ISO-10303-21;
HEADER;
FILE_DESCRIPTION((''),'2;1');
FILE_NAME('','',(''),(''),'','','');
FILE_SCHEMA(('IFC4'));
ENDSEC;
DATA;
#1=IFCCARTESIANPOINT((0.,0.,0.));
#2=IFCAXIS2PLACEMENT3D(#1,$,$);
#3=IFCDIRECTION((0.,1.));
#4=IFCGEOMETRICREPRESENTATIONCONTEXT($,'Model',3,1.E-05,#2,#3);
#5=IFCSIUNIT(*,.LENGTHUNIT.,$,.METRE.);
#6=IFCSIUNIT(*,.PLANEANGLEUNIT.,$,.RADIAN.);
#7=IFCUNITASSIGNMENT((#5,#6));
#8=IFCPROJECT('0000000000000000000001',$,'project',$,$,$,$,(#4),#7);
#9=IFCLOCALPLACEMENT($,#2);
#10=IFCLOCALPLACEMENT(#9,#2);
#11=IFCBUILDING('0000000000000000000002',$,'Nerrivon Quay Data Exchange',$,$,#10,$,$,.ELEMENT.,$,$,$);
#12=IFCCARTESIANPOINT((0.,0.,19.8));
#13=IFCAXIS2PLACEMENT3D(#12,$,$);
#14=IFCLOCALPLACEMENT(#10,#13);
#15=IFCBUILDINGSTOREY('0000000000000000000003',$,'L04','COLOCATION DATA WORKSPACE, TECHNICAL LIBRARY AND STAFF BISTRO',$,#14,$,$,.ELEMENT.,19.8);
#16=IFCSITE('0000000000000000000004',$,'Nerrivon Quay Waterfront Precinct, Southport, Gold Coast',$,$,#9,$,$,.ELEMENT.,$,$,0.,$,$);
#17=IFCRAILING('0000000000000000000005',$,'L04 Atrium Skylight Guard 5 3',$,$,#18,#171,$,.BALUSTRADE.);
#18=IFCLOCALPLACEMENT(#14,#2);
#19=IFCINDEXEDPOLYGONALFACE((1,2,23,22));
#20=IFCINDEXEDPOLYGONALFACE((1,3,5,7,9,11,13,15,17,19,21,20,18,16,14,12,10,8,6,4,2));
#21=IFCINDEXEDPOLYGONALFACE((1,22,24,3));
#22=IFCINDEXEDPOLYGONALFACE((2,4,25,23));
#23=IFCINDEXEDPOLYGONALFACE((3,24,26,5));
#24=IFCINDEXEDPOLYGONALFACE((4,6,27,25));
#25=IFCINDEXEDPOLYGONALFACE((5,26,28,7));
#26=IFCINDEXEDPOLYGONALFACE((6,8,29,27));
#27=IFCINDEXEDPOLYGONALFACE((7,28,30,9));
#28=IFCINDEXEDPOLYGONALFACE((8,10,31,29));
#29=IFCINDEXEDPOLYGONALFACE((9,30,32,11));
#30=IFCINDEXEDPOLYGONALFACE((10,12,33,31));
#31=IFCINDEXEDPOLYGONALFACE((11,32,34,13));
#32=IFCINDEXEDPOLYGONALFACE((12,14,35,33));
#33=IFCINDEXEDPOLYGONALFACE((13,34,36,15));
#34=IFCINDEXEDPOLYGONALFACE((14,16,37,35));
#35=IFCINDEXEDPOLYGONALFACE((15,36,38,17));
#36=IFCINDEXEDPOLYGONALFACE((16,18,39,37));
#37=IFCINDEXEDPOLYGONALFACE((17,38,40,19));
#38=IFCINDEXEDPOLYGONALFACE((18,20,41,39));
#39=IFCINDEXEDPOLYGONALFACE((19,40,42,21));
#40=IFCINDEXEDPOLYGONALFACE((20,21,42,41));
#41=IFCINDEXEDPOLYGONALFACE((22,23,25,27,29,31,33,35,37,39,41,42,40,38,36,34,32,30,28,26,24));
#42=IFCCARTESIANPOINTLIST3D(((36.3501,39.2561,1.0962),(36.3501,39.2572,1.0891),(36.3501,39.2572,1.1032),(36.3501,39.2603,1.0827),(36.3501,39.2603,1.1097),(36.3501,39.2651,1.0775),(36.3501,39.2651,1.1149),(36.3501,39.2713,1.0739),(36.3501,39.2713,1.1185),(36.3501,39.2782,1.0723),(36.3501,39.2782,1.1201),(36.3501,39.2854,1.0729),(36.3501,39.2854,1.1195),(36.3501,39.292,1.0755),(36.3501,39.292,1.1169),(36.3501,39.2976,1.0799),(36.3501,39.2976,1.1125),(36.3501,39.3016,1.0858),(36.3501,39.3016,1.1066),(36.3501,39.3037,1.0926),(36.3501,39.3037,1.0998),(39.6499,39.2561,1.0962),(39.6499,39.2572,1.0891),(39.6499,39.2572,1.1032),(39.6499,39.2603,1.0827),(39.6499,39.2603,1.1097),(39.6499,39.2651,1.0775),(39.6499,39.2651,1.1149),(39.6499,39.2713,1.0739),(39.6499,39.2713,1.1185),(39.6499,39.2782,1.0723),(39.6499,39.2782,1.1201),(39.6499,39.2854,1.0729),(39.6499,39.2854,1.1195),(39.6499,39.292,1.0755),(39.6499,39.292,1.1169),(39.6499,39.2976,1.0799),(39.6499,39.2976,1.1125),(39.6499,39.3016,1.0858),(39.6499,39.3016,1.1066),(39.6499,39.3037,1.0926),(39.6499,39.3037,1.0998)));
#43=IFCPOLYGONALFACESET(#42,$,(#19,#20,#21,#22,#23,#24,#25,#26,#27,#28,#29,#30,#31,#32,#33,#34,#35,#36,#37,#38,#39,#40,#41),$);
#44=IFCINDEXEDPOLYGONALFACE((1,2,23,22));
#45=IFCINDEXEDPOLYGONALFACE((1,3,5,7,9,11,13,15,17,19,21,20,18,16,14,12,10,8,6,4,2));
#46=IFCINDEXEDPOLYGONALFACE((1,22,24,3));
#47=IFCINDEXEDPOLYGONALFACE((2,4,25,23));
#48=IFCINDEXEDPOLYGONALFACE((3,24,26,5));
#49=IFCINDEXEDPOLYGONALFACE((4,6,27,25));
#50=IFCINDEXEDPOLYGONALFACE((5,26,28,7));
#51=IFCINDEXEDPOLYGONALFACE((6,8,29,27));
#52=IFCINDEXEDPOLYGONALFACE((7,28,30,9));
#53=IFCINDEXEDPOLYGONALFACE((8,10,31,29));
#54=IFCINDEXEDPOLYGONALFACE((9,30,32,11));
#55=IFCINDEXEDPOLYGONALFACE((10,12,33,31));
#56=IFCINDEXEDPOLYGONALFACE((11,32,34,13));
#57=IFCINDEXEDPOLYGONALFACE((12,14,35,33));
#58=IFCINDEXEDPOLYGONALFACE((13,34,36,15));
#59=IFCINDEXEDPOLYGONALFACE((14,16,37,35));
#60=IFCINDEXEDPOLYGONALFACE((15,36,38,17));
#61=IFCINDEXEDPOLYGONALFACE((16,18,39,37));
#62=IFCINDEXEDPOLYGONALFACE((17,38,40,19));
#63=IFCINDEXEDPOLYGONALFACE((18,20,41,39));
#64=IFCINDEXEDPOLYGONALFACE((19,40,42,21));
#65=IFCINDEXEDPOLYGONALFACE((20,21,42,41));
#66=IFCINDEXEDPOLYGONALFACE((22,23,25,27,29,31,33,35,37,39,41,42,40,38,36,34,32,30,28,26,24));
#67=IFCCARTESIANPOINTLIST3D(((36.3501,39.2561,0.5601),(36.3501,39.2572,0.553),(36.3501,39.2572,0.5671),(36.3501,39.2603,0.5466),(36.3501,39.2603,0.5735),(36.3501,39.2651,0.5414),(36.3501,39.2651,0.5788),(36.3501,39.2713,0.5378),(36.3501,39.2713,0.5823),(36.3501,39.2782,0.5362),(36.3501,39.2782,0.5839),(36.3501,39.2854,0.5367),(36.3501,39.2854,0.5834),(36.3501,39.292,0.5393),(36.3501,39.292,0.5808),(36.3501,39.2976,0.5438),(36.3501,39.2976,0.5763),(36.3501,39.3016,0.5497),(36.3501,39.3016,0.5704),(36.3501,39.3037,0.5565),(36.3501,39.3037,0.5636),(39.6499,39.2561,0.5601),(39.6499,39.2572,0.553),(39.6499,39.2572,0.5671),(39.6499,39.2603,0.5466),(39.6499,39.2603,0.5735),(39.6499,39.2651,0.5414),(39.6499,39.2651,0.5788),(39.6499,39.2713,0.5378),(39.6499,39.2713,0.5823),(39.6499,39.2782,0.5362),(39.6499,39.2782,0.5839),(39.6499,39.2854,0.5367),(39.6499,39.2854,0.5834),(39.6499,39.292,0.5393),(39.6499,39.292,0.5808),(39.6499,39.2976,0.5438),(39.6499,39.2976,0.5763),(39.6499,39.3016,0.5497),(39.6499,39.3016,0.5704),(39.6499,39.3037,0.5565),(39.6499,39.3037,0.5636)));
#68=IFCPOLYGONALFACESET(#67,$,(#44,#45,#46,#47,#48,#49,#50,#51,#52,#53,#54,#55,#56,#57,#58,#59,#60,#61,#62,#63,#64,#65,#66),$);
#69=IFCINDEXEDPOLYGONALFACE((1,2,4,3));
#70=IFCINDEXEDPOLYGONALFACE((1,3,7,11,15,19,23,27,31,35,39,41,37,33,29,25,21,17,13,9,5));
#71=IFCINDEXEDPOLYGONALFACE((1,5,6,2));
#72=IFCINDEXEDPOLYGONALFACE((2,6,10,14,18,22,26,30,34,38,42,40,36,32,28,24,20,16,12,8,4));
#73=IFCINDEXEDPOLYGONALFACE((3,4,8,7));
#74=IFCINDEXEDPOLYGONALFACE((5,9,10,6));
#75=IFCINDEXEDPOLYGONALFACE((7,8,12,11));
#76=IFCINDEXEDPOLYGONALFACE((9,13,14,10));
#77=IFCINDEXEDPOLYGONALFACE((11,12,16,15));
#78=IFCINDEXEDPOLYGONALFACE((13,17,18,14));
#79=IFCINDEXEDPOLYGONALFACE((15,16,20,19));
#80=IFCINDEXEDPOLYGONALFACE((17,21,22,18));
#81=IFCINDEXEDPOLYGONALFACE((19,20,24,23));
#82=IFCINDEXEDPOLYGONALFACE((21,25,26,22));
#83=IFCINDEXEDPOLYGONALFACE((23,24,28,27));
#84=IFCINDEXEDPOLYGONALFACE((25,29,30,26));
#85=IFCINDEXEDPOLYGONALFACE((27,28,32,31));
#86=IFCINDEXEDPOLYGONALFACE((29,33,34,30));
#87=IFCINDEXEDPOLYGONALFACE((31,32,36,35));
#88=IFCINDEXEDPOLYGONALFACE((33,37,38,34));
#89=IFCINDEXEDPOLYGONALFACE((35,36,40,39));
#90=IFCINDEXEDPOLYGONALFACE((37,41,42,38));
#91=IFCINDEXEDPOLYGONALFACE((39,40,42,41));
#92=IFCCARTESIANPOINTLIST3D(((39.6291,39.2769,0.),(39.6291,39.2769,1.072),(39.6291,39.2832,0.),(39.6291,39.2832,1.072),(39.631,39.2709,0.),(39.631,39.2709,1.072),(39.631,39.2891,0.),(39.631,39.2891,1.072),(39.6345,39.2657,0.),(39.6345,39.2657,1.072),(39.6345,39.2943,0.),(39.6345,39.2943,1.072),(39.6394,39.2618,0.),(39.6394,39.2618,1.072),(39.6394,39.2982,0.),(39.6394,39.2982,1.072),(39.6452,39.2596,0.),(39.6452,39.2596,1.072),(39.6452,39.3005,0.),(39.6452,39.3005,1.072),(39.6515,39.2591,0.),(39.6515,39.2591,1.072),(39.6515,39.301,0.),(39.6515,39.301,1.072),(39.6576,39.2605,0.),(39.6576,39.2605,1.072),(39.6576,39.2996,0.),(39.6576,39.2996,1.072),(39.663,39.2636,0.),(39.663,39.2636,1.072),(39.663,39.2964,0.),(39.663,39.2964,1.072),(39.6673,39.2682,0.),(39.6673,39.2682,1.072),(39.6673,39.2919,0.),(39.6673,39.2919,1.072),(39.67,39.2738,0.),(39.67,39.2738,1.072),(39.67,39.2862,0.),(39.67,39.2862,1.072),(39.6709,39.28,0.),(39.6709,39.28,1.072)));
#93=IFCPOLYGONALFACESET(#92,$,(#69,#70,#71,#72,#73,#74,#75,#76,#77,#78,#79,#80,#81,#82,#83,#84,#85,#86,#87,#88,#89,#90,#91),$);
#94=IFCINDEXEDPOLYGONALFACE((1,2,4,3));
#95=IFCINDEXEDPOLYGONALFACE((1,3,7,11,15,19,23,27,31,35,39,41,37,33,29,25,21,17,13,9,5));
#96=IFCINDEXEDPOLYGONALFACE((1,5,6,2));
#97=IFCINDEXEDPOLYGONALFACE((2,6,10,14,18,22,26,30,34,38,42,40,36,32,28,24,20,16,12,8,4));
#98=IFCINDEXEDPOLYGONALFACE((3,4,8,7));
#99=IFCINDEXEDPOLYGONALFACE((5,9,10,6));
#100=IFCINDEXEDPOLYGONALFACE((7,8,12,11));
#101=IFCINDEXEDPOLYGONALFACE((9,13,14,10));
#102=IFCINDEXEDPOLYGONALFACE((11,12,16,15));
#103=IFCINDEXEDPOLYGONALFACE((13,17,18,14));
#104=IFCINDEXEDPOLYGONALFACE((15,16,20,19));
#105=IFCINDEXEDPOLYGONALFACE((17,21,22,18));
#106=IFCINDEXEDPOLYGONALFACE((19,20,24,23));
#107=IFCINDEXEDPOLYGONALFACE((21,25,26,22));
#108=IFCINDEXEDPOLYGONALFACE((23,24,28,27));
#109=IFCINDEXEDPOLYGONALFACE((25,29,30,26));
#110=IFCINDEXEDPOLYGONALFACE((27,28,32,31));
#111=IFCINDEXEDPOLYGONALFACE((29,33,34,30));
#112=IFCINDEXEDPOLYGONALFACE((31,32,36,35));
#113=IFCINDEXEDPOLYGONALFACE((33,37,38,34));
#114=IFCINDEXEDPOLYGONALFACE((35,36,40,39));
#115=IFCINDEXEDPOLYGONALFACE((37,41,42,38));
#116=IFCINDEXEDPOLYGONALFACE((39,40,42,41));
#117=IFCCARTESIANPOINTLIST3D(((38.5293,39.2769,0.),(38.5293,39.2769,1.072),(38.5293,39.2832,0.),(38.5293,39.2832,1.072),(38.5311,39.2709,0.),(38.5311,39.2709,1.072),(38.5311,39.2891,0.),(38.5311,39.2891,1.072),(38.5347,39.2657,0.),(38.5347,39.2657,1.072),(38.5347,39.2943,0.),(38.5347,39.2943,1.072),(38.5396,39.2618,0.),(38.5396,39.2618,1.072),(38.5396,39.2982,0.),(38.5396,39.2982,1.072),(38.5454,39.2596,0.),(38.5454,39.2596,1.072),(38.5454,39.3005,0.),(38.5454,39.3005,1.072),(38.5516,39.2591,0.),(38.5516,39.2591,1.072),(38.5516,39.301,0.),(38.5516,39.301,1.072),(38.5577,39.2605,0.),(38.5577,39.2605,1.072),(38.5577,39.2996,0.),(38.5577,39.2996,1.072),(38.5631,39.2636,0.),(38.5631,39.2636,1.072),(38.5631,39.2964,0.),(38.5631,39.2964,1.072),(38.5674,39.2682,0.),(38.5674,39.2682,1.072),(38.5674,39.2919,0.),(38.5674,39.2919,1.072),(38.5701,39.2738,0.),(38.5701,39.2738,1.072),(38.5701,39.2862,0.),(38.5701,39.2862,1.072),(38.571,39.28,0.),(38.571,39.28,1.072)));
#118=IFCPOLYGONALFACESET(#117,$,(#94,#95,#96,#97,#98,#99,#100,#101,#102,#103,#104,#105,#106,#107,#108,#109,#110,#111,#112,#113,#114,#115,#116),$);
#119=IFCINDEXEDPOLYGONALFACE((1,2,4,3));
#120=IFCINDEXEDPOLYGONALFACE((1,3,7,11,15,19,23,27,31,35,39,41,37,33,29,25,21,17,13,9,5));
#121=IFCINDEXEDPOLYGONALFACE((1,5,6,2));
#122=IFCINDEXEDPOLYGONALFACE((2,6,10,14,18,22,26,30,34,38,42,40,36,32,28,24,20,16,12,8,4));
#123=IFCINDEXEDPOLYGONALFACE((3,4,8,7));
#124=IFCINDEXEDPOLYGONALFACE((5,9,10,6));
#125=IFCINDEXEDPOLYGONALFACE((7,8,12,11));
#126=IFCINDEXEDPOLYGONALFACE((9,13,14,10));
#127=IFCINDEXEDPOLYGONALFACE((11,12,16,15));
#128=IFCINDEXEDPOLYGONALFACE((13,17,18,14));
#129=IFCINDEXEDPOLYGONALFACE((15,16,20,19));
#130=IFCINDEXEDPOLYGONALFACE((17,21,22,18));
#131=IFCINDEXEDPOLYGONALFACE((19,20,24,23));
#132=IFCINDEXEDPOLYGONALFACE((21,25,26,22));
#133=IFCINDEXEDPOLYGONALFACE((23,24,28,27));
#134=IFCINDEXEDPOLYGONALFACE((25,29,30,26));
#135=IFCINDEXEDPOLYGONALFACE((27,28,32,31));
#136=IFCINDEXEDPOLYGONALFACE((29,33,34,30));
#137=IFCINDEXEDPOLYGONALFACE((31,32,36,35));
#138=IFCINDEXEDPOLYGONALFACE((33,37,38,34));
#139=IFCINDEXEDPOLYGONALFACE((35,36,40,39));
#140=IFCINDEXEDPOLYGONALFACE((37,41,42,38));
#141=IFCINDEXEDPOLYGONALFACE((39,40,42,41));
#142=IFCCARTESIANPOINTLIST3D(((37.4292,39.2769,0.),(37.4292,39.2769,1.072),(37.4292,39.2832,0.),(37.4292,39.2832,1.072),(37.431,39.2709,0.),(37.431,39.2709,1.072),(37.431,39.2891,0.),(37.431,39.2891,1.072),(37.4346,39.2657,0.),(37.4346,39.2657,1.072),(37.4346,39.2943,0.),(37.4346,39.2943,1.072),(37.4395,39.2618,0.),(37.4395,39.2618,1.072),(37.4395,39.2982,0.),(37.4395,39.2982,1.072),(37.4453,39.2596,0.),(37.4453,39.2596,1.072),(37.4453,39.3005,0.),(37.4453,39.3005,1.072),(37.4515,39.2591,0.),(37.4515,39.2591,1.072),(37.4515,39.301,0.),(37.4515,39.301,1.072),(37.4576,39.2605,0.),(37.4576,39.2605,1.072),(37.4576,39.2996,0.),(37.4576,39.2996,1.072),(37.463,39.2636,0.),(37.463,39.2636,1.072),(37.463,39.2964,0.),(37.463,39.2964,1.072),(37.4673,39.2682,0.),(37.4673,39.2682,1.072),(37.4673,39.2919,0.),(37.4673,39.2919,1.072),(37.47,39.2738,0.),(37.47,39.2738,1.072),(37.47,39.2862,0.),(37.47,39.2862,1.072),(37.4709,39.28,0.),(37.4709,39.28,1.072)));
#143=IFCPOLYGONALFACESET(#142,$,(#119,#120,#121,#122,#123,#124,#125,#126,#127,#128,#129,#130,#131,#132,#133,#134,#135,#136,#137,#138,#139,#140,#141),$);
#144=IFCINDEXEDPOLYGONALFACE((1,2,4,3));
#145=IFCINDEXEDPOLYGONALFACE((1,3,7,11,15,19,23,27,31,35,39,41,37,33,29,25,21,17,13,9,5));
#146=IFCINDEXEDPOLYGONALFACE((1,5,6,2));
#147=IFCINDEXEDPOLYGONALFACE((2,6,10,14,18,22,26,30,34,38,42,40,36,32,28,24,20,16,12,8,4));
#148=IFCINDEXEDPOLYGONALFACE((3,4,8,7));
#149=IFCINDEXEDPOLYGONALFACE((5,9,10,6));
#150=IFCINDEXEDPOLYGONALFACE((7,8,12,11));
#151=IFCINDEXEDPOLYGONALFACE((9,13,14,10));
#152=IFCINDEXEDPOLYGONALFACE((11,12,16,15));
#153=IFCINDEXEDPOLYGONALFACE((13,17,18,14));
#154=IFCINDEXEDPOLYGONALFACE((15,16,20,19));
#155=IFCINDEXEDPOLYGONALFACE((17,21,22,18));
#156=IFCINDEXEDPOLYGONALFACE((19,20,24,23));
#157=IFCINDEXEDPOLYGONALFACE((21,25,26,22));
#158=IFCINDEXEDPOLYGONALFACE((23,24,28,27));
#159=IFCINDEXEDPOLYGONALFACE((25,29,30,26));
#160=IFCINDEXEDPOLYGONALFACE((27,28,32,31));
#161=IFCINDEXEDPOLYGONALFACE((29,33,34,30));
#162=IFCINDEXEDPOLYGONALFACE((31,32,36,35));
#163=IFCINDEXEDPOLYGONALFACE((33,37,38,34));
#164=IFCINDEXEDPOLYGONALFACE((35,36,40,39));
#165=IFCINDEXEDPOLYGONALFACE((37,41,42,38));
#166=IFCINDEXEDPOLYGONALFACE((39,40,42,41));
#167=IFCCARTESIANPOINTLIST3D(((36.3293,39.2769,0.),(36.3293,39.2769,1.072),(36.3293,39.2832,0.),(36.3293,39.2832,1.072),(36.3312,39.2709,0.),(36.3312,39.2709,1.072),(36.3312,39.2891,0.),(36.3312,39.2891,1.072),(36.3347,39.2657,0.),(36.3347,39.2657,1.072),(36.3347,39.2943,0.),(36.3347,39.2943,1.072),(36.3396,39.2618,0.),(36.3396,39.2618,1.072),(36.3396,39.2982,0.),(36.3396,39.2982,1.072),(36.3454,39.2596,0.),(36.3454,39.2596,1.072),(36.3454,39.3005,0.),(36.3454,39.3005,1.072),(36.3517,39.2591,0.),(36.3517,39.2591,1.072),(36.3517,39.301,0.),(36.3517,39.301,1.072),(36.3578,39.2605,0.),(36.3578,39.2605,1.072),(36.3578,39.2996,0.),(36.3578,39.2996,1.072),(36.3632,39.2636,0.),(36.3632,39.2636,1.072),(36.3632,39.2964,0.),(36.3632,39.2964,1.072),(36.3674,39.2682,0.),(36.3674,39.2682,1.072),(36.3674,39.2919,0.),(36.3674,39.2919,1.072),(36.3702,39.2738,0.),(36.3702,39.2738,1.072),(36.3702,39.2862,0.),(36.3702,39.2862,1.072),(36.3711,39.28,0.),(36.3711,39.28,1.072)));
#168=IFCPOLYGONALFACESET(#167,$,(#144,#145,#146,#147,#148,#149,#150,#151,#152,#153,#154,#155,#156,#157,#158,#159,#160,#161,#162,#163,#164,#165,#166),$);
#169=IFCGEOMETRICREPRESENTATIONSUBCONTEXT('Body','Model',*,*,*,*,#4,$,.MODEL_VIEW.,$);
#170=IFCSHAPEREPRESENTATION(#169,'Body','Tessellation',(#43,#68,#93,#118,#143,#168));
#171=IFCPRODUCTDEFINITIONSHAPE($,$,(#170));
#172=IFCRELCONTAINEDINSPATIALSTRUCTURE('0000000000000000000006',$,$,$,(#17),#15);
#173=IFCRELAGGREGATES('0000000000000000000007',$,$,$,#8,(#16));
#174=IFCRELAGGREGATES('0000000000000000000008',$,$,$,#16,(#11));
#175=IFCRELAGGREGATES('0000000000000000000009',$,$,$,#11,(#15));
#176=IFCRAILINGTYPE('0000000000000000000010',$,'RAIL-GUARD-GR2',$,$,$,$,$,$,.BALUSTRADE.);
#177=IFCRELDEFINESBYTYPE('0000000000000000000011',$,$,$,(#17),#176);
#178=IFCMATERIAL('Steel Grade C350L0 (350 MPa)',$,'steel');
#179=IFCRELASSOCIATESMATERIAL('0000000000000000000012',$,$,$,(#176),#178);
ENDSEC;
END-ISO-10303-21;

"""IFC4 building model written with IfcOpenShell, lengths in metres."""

from ifc_helpers import new_model, si_unit, direction, frame, origin, origin_2d, place, context, subcontext, project, spatial, circle, extrude, material, type_object, element, save


model = new_model("IFC4")

# Units and contexts
model_context = context("Model", 3, precision=1e-05, world=origin(), true_north=direction((0.0, 1.0)))
body_context = subcontext(model_context, "Body", "Model", "MODEL_VIEW")
ifc_project = project(units=[si_unit("LENGTHUNIT", "METRE"), si_unit("PLANEANGLEUNIT", "RADIAN")], contexts=[model_context])

# Site, building, storey
site_placement = place(None, origin())
site = spatial("IfcSite", under=ifc_project, at=site_placement, Name="Nerrivon Quay Waterfront Precinct, Southport, Gold Coast", CompositionType="ELEMENT", RefElevation=0.0)
building_placement = place(site_placement, origin())
building = spatial("IfcBuilding", under=site, at=building_placement, Name="Nerrivon Quay Data Exchange", CompositionType="ELEMENT")
storey_placement = place(building_placement, frame((0.0, 0.0, 19.8)))
storey = spatial("IfcBuildingStorey", under=building, at=storey_placement, Name="L04", Description="COLOCATION DATA WORKSPACE, TECHNICAL LIBRARY AND STAFF BISTRO", CompositionType="ELEMENT", Elevation=19.8)

# Railing
ifc_material_1 = material(Name="Steel Grade C350L0 (350 MPa)", Category="steel")
railing_type = type_object("IfcRailingType", Name="RAIL-GUARD-GR2", PredefinedType="BALUSTRADE", material=ifc_material_1)
railing_1_placement = place(storey_placement, frame((39.6499, 39.28, 0.0)))
element("IfcRailing", 1, at=railing_1_placement, inside=storey, type_object=railing_type, Name="L04 Atrium Skylight Guard 5 3", PredefinedType="BALUSTRADE", context=body_context, shape_type="SweptSolid", body=[
    extrude(circle(Radius=0.0239, at=origin_2d()), frame((0.0, 0.0, 1.0962), z_axis=(-1.0, 0.0, 0.0), x_axis=(0.0, -1.0, 0.0)), (0.0, 0.0, 1.0), 3.2998),
    extrude(circle(Radius=0.0239, at=origin_2d()), frame((0.0, 0.0, 0.5601), z_axis=(-1.0, 0.0, 0.0), x_axis=(0.0, -1.0, 0.0)), (0.0, 0.0, 1.0), 3.2998),
    extrude(circle(Radius=0.021, at=origin_2d()), origin(), (0.0, 0.0, 1.0), 1.072),
    extrude(circle(Radius=0.021, at=origin_2d()), frame((-1.0999, 0.0, 0.0)), (0.0, 0.0, 1.0), 1.072),
    extrude(circle(Radius=0.021, at=origin_2d()), frame((-2.2, 0.0, 0.0)), (0.0, 0.0, 1.0), 1.072),
    extrude(circle(Radius=0.021, at=origin_2d()), frame((-3.2998, 0.0, 0.0)), (0.0, 0.0, 1.0), 1.072),
])

save(model, "model.ifc")
